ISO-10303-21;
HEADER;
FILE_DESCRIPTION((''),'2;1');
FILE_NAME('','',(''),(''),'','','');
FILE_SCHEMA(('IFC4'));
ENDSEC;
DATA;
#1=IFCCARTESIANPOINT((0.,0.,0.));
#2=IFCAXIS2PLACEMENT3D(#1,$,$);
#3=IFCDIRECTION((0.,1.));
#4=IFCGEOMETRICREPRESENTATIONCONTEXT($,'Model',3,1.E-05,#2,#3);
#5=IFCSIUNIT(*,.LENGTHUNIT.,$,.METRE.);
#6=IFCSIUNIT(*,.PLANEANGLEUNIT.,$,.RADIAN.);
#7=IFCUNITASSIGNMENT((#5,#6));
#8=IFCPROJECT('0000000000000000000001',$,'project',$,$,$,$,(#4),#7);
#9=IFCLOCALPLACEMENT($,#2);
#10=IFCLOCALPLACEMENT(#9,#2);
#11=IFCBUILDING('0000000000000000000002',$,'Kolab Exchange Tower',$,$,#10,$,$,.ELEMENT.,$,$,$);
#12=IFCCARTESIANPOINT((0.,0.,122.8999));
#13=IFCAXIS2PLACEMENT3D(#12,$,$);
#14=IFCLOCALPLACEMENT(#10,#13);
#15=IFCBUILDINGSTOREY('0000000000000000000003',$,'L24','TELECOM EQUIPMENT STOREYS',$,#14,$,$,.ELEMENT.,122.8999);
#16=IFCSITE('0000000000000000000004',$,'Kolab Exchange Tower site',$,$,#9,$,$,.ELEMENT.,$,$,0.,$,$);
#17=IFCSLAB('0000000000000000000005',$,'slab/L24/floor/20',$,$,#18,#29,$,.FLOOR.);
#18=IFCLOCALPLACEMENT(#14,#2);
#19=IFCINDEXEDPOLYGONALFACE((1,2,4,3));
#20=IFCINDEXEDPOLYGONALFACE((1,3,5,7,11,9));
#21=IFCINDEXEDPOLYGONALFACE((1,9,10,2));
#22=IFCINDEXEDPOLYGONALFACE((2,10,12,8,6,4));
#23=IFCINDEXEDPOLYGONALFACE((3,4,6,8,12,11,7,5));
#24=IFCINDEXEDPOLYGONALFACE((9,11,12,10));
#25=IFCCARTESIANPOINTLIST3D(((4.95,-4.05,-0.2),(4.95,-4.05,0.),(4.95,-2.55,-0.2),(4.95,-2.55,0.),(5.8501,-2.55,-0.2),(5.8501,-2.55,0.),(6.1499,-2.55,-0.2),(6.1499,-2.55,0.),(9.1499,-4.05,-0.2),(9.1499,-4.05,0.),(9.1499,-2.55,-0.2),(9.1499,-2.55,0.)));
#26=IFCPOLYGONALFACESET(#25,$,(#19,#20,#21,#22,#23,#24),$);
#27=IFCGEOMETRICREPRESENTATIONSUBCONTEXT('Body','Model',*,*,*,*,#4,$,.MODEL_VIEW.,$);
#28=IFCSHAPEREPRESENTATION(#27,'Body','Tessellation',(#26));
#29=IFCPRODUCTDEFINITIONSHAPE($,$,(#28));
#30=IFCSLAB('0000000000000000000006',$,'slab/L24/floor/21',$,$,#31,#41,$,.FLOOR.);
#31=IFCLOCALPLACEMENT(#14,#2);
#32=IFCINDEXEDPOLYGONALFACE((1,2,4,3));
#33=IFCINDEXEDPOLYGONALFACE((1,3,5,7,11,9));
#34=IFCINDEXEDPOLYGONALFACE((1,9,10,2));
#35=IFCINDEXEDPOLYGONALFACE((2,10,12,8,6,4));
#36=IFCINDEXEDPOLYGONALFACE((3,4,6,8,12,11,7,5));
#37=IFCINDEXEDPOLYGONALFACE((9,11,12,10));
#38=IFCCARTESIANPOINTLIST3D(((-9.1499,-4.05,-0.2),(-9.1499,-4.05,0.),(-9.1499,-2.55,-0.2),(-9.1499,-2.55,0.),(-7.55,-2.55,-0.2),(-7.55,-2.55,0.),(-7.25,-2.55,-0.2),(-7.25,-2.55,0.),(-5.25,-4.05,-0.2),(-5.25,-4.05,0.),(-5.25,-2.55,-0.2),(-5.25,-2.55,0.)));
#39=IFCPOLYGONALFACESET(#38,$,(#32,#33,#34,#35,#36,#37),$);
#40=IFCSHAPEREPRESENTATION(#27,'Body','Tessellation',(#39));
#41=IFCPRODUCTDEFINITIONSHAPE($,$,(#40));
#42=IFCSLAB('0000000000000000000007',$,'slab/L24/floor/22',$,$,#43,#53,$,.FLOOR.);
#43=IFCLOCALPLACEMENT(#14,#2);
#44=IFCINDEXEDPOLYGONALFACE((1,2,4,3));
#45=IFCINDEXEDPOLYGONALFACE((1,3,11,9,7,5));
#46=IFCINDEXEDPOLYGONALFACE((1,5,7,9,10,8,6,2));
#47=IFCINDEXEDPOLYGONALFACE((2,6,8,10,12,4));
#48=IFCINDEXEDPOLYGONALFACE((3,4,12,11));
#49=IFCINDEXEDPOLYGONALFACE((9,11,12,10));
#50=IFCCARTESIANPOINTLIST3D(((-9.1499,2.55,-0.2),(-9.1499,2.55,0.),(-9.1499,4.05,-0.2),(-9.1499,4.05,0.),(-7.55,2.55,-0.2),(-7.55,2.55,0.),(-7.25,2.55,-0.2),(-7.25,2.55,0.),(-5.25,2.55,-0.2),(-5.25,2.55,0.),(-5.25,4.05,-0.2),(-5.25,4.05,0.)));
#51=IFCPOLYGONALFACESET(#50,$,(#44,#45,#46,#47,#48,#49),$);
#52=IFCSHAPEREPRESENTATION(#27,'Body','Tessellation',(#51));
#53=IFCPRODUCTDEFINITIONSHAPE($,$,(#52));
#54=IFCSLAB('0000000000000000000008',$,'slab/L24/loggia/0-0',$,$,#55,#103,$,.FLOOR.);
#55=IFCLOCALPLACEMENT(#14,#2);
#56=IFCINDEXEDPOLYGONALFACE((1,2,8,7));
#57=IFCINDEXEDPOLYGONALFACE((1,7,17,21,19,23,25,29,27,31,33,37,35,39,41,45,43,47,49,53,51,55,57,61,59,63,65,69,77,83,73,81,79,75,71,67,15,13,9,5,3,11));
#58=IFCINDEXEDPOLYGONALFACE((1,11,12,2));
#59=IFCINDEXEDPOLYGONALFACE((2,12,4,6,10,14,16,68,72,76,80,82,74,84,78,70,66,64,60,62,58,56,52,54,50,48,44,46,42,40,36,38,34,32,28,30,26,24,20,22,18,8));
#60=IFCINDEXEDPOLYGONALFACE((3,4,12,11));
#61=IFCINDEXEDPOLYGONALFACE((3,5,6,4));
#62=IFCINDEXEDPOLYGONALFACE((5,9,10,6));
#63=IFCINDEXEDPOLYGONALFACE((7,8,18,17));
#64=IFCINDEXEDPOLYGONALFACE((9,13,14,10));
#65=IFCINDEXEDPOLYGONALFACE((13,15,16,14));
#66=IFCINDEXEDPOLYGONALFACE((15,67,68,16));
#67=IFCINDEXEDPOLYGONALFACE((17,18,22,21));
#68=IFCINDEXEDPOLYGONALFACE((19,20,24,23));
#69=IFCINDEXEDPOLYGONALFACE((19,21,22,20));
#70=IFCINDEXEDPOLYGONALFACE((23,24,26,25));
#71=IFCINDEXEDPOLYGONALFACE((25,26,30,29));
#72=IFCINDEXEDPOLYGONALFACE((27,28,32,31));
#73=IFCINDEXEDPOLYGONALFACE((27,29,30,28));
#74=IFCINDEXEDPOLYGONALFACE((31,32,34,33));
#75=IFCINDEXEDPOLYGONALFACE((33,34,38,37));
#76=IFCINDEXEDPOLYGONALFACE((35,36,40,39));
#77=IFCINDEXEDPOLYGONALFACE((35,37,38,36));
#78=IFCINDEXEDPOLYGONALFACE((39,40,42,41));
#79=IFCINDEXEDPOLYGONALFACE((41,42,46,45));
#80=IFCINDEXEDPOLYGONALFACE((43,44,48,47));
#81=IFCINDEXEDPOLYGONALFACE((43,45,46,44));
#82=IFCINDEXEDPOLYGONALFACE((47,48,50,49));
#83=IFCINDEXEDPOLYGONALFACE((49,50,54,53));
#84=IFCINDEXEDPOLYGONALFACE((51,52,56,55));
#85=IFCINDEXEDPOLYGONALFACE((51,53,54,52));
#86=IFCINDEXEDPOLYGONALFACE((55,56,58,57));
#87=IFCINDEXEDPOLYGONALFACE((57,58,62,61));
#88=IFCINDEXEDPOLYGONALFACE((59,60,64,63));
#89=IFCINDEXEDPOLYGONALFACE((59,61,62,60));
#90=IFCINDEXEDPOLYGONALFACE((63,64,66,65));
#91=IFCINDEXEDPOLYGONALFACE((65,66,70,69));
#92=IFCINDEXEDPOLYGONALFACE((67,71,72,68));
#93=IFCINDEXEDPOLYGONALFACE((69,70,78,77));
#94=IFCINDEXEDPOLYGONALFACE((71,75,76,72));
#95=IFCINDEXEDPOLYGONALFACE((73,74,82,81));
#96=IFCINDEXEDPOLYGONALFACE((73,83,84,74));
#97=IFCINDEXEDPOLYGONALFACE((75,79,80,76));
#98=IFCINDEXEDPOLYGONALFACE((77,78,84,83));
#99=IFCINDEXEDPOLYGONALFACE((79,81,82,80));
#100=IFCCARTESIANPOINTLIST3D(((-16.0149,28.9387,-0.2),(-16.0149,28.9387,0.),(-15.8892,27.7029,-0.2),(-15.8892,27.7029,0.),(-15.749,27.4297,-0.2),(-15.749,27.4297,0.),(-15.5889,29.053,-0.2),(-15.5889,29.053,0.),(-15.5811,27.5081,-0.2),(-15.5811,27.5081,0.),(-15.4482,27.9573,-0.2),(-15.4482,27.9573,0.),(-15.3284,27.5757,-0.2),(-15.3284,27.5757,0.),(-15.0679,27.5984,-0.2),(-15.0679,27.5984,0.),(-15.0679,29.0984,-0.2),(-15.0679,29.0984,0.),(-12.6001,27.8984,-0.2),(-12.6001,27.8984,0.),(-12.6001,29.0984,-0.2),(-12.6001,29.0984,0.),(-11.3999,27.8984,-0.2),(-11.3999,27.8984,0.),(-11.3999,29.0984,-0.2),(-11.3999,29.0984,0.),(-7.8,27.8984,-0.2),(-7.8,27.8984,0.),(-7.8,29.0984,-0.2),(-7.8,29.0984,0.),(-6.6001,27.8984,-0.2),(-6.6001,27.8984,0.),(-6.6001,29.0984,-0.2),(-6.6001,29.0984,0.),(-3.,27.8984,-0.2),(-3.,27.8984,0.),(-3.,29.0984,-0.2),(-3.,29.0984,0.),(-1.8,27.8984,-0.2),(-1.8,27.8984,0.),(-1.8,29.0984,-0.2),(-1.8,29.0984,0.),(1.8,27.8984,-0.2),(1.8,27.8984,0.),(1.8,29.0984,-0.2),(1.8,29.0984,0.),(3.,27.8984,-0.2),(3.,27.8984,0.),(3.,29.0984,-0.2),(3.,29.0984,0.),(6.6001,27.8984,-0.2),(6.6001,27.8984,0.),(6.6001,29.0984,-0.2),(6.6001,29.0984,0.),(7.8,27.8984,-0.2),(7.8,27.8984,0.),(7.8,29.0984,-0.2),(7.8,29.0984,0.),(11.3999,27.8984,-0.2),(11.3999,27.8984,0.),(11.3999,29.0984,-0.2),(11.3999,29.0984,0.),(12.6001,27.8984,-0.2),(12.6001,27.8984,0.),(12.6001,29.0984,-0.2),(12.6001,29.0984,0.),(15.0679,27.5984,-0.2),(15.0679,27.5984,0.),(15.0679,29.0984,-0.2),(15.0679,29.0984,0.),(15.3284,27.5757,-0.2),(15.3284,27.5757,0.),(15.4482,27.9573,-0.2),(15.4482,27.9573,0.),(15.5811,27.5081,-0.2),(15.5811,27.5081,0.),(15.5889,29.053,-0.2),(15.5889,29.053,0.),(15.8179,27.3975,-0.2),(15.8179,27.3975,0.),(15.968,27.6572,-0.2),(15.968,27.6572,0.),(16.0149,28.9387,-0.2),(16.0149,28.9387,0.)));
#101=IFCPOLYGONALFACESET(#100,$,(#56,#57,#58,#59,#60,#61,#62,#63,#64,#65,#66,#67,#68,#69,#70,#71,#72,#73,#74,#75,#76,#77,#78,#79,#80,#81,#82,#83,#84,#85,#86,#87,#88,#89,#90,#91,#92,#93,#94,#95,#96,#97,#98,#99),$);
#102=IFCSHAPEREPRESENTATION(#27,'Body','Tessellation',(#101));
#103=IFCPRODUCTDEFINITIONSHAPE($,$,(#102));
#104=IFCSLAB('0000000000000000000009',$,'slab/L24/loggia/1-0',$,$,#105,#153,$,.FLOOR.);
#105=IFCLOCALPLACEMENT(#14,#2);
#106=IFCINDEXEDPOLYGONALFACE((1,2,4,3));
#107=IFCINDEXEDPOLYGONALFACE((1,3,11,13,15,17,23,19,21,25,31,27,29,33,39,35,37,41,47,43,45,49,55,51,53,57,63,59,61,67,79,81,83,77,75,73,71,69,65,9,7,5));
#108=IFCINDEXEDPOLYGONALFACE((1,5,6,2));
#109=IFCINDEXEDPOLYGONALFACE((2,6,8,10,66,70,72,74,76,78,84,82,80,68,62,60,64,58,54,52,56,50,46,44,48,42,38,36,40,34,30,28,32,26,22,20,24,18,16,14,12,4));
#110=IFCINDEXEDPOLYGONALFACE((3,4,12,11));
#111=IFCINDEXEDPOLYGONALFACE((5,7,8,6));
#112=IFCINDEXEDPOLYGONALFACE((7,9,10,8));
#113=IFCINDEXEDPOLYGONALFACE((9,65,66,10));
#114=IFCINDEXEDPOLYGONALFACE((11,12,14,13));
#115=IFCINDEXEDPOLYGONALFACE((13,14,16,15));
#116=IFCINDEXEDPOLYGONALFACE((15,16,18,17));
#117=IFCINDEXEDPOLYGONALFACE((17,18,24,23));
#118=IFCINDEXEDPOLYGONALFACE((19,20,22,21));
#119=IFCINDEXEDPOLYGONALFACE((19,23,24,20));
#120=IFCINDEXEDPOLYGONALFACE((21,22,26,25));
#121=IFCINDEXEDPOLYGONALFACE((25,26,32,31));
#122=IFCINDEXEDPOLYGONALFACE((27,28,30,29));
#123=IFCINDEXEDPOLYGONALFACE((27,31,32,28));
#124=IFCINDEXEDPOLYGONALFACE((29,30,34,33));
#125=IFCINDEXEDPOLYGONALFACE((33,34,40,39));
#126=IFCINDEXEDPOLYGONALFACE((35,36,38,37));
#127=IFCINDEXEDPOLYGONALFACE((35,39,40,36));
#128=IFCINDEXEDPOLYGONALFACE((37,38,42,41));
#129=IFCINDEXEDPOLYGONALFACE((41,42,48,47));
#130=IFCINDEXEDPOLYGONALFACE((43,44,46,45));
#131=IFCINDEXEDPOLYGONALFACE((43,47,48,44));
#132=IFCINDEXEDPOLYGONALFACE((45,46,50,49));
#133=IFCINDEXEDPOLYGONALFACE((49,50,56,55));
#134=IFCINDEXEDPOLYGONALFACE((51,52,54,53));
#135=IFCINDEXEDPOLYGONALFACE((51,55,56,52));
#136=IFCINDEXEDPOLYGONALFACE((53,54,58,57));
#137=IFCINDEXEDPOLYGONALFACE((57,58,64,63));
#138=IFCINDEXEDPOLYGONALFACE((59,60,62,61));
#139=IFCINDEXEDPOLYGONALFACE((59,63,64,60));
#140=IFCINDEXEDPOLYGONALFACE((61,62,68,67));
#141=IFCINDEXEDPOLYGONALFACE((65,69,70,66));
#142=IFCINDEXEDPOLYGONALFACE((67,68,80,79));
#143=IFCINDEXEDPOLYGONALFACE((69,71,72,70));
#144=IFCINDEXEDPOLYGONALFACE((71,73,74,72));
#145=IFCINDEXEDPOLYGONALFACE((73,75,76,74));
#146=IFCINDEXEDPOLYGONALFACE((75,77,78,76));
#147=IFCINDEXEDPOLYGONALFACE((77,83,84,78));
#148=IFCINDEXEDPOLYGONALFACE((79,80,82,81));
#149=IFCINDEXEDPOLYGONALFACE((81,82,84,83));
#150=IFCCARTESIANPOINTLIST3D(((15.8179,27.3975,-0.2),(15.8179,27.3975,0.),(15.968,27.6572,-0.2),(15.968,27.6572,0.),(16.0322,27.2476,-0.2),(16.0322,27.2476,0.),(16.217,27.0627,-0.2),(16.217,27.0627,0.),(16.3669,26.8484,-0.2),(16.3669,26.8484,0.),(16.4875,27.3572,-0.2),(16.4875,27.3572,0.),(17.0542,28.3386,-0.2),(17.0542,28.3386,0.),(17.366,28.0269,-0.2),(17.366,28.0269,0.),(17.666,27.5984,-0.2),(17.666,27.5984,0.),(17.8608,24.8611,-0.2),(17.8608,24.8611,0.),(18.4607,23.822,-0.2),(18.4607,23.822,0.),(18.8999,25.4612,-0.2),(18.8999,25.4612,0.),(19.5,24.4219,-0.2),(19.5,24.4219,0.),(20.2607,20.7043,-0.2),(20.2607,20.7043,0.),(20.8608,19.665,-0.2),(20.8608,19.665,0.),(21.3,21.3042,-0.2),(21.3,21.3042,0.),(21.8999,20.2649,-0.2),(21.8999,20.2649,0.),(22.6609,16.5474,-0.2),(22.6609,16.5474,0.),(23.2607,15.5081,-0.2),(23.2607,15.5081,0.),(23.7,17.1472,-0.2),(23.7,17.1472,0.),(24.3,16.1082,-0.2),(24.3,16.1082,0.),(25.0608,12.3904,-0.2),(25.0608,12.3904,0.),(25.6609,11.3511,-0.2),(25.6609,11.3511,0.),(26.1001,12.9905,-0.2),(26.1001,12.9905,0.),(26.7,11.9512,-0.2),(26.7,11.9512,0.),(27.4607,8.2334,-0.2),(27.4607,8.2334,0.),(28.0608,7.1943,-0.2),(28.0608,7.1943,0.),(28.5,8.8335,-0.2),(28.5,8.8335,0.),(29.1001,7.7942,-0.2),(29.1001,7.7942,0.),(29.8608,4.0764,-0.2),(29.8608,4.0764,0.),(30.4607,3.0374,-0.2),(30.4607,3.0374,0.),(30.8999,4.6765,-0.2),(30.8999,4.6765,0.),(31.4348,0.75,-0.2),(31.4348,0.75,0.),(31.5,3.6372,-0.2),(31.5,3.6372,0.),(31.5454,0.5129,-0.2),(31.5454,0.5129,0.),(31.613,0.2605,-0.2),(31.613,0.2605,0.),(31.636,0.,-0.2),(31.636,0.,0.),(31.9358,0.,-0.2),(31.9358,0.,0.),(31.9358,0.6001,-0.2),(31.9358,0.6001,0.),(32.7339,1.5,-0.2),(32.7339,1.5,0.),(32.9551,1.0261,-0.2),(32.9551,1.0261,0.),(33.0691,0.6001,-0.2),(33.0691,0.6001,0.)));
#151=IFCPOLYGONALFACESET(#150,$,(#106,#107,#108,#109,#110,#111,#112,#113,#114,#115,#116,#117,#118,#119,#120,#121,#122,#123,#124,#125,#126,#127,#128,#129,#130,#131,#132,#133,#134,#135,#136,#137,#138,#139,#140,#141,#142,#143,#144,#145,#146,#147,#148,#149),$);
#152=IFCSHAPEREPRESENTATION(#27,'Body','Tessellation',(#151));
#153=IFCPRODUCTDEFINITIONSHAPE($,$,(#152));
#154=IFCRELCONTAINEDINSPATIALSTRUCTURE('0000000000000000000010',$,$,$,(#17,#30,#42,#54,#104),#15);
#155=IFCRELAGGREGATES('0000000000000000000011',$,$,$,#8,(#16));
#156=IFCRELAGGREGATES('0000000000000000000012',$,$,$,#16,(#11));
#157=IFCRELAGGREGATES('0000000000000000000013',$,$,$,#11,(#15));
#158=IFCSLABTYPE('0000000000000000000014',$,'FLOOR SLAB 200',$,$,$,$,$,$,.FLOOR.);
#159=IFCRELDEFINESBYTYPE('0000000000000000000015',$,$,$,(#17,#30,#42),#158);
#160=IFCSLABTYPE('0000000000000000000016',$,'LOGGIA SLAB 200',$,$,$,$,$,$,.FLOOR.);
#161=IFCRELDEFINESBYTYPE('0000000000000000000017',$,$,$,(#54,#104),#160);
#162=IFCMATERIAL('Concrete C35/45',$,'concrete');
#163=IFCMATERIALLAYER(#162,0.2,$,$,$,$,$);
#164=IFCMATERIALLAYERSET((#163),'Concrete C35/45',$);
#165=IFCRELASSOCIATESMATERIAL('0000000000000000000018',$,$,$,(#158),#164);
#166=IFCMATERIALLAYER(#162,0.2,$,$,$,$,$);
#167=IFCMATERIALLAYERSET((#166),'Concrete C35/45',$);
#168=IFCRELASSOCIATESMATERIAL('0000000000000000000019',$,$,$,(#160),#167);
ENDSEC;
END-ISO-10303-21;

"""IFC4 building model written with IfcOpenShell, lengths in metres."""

from ifc_helpers import new_model, si_unit, direction, frame, origin, place, context, subcontext, project, spatial, polyline, outline, extrude, material, layer, layer_set, type_object, element, save


model = new_model("IFC4")

# Units and contexts
model_context = context("Model", 3, precision=1e-05, world=origin(), true_north=direction((0.0, 1.0)))
body_context = subcontext(model_context, "Body", "Model", "MODEL_VIEW")
ifc_project = project(units=[si_unit("LENGTHUNIT", "METRE"), si_unit("PLANEANGLEUNIT", "RADIAN")], contexts=[model_context])

# Site, building, storey
site_placement = place(None, origin())
site = spatial("IfcSite", under=ifc_project, at=site_placement, Name="Kolab Exchange Tower site", CompositionType="ELEMENT", RefElevation=0.0)
building_placement = place(site_placement, origin())
building = spatial("IfcBuilding", under=site, at=building_placement, Name="Kolab Exchange Tower", CompositionType="ELEMENT")
storey_placement = place(building_placement, frame((0.0, 0.0, 122.8999)))
storey = spatial("IfcBuildingStorey", under=building, at=storey_placement, Name="L24", Description="TELECOM EQUIPMENT STOREYS", CompositionType="ELEMENT", Elevation=122.8999)

# Slabs
ifc_material_1 = material(Name="Concrete C35/45", Category="concrete")
ifc_layer_1 = layer(ifc_material_1, 0.2)
ifc_layer_set_1 = layer_set([ifc_layer_1], Name="Concrete C35/45")
slab_type_1 = type_object("IfcSlabType", Name="FLOOR SLAB 200", PredefinedType="FLOOR", material=ifc_layer_set_1)
slab_1_placement = place(storey_placement, frame((0.0, 0.0, -0.2)))
element("IfcSlab", 1, at=slab_1_placement, inside=storey, type_object=slab_type_1, Name="slab/L24/floor/20", PredefinedType="FLOOR", context=body_context, shape_type="SweptSolid", body=[
    extrude(outline(polyline([(4.95, -4.05), (9.1499, -4.05), (9.1499, -2.55), (6.1499, -2.55), (5.8501, -2.55), (4.95, -2.55), (4.95, -4.05)])), origin(), (0.0, 0.0, 1.0), 0.2),
])
slab_2_placement = place(storey_placement, frame((0.0, 0.0, -0.2)))
element("IfcSlab", 2, at=slab_2_placement, inside=storey, type_object=slab_type_1, Name="slab/L24/floor/21", PredefinedType="FLOOR", context=body_context, shape_type="SweptSolid", body=[
    extrude(outline(polyline([(-9.1499, -2.55), (-9.1499, -4.05), (-5.25, -4.05), (-5.25, -2.55), (-7.25, -2.55), (-7.55, -2.55), (-9.1499, -2.55)])), origin(), (0.0, 0.0, 1.0), 0.2),
])
slab_3_placement = place(storey_placement, frame((0.0, 0.0, -0.2)))
element("IfcSlab", 3, at=slab_3_placement, inside=storey, type_object=slab_type_1, Name="slab/L24/floor/22", PredefinedType="FLOOR", context=body_context, shape_type="SweptSolid", body=[
    extrude(outline(polyline([(-5.25, 4.05), (-9.1499, 4.05), (-9.1499, 2.55), (-7.55, 2.55), (-7.25, 2.55), (-5.25, 2.55), (-5.25, 4.05)])), origin(), (0.0, 0.0, 1.0), 0.2),
])
ifc_layer_2 = layer(ifc_material_1, 0.2)
ifc_layer_set_2 = layer_set([ifc_layer_2], Name="Concrete C35/45")
slab_type_2 = type_object("IfcSlabType", Name="LOGGIA SLAB 200", PredefinedType="FLOOR", material=ifc_layer_set_2)
slab_4_placement = place(storey_placement, frame((0.0, 0.0, -0.2)))
element("IfcSlab", 4, at=slab_4_placement, inside=storey, type_object=slab_type_2, Name="slab/L24/loggia/0-0", PredefinedType="FLOOR", context=body_context, shape_type="SweptSolid", body=[
    extrude(outline(polyline([(15.5811, 27.5081), (15.8179, 27.3975), (15.968, 27.6572), (15.4482, 27.9573), (16.0149, 28.9387), (15.5889, 29.053), (15.0679, 29.0984), (12.6001, 29.0984), (12.6001, 27.8984), (11.3999, 27.8984), (11.3999, 29.0984), (7.8, 29.0984), (7.8, 27.8984), (6.6001, 27.8984), (6.6001, 29.0984), (3.0, 29.0984), (3.0, 27.8984), (1.8, 27.8984), (1.8, 29.0984), (-1.8, 29.0984), (-1.8, 27.8984), (-3.0, 27.8984), (-3.0, 29.0984), (-6.6001, 29.0984), (-6.6001, 27.8984), (-7.8, 27.8984), (-7.8, 29.0984), (-11.3999, 29.0984), (-11.3999, 27.8984), (-12.6001, 27.8984), (-12.6001, 29.0984), (-15.0679, 29.0984), (-15.5889, 29.053), (-16.0149, 28.9387), (-15.4482, 27.9573), (-15.8892, 27.7029), (-15.749, 27.4297), (-15.5811, 27.5081), (-15.3284, 27.5757), (-15.0679, 27.5984), (15.0679, 27.5984), (15.3284, 27.5757), (15.5811, 27.5081)])), origin(), (0.0, 0.0, 1.0), 0.2),
])
slab_5_placement = place(storey_placement, frame((0.0, 0.0, -0.2)))
element("IfcSlab", 5, at=slab_5_placement, inside=storey, type_object=slab_type_2, Name="slab/L24/loggia/1-0", PredefinedType="FLOOR", context=body_context, shape_type="SweptSolid", body=[
    extrude(outline(polyline([(31.613, 0.2605), (31.636, 0.0), (31.9358, 0.0), (31.9358, 0.6001), (33.0691, 0.6001), (32.9551, 1.0261), (32.7339, 1.5), (31.5, 3.6372), (30.4607, 3.0374), (29.8608, 4.0764), (30.8999, 4.6765), (29.1001, 7.7942), (28.0608, 7.1943), (27.4607, 8.2334), (28.5, 8.8335), (26.7, 11.9512), (25.6609, 11.3511), (25.0608, 12.3904), (26.1001, 12.9905), (24.3, 16.1082), (23.2607, 15.5081), (22.6609, 16.5474), (23.7, 17.1472), (21.8999, 20.2649), (20.8608, 19.665), (20.2607, 20.7043), (21.3, 21.3042), (19.5, 24.4219), (18.4607, 23.822), (17.8608, 24.8611), (18.8999, 25.4612), (17.666, 27.5984), (17.366, 28.0269), (17.0542, 28.3386), (16.4875, 27.3572), (15.968, 27.6572), (15.8179, 27.3975), (16.0322, 27.2476), (16.217, 27.0627), (16.3669, 26.8484), (31.4348, 0.75), (31.5454, 0.5129), (31.613, 0.2605)])), origin(), (0.0, 0.0, 1.0), 0.2),
])

save(model, "model.ifc")
